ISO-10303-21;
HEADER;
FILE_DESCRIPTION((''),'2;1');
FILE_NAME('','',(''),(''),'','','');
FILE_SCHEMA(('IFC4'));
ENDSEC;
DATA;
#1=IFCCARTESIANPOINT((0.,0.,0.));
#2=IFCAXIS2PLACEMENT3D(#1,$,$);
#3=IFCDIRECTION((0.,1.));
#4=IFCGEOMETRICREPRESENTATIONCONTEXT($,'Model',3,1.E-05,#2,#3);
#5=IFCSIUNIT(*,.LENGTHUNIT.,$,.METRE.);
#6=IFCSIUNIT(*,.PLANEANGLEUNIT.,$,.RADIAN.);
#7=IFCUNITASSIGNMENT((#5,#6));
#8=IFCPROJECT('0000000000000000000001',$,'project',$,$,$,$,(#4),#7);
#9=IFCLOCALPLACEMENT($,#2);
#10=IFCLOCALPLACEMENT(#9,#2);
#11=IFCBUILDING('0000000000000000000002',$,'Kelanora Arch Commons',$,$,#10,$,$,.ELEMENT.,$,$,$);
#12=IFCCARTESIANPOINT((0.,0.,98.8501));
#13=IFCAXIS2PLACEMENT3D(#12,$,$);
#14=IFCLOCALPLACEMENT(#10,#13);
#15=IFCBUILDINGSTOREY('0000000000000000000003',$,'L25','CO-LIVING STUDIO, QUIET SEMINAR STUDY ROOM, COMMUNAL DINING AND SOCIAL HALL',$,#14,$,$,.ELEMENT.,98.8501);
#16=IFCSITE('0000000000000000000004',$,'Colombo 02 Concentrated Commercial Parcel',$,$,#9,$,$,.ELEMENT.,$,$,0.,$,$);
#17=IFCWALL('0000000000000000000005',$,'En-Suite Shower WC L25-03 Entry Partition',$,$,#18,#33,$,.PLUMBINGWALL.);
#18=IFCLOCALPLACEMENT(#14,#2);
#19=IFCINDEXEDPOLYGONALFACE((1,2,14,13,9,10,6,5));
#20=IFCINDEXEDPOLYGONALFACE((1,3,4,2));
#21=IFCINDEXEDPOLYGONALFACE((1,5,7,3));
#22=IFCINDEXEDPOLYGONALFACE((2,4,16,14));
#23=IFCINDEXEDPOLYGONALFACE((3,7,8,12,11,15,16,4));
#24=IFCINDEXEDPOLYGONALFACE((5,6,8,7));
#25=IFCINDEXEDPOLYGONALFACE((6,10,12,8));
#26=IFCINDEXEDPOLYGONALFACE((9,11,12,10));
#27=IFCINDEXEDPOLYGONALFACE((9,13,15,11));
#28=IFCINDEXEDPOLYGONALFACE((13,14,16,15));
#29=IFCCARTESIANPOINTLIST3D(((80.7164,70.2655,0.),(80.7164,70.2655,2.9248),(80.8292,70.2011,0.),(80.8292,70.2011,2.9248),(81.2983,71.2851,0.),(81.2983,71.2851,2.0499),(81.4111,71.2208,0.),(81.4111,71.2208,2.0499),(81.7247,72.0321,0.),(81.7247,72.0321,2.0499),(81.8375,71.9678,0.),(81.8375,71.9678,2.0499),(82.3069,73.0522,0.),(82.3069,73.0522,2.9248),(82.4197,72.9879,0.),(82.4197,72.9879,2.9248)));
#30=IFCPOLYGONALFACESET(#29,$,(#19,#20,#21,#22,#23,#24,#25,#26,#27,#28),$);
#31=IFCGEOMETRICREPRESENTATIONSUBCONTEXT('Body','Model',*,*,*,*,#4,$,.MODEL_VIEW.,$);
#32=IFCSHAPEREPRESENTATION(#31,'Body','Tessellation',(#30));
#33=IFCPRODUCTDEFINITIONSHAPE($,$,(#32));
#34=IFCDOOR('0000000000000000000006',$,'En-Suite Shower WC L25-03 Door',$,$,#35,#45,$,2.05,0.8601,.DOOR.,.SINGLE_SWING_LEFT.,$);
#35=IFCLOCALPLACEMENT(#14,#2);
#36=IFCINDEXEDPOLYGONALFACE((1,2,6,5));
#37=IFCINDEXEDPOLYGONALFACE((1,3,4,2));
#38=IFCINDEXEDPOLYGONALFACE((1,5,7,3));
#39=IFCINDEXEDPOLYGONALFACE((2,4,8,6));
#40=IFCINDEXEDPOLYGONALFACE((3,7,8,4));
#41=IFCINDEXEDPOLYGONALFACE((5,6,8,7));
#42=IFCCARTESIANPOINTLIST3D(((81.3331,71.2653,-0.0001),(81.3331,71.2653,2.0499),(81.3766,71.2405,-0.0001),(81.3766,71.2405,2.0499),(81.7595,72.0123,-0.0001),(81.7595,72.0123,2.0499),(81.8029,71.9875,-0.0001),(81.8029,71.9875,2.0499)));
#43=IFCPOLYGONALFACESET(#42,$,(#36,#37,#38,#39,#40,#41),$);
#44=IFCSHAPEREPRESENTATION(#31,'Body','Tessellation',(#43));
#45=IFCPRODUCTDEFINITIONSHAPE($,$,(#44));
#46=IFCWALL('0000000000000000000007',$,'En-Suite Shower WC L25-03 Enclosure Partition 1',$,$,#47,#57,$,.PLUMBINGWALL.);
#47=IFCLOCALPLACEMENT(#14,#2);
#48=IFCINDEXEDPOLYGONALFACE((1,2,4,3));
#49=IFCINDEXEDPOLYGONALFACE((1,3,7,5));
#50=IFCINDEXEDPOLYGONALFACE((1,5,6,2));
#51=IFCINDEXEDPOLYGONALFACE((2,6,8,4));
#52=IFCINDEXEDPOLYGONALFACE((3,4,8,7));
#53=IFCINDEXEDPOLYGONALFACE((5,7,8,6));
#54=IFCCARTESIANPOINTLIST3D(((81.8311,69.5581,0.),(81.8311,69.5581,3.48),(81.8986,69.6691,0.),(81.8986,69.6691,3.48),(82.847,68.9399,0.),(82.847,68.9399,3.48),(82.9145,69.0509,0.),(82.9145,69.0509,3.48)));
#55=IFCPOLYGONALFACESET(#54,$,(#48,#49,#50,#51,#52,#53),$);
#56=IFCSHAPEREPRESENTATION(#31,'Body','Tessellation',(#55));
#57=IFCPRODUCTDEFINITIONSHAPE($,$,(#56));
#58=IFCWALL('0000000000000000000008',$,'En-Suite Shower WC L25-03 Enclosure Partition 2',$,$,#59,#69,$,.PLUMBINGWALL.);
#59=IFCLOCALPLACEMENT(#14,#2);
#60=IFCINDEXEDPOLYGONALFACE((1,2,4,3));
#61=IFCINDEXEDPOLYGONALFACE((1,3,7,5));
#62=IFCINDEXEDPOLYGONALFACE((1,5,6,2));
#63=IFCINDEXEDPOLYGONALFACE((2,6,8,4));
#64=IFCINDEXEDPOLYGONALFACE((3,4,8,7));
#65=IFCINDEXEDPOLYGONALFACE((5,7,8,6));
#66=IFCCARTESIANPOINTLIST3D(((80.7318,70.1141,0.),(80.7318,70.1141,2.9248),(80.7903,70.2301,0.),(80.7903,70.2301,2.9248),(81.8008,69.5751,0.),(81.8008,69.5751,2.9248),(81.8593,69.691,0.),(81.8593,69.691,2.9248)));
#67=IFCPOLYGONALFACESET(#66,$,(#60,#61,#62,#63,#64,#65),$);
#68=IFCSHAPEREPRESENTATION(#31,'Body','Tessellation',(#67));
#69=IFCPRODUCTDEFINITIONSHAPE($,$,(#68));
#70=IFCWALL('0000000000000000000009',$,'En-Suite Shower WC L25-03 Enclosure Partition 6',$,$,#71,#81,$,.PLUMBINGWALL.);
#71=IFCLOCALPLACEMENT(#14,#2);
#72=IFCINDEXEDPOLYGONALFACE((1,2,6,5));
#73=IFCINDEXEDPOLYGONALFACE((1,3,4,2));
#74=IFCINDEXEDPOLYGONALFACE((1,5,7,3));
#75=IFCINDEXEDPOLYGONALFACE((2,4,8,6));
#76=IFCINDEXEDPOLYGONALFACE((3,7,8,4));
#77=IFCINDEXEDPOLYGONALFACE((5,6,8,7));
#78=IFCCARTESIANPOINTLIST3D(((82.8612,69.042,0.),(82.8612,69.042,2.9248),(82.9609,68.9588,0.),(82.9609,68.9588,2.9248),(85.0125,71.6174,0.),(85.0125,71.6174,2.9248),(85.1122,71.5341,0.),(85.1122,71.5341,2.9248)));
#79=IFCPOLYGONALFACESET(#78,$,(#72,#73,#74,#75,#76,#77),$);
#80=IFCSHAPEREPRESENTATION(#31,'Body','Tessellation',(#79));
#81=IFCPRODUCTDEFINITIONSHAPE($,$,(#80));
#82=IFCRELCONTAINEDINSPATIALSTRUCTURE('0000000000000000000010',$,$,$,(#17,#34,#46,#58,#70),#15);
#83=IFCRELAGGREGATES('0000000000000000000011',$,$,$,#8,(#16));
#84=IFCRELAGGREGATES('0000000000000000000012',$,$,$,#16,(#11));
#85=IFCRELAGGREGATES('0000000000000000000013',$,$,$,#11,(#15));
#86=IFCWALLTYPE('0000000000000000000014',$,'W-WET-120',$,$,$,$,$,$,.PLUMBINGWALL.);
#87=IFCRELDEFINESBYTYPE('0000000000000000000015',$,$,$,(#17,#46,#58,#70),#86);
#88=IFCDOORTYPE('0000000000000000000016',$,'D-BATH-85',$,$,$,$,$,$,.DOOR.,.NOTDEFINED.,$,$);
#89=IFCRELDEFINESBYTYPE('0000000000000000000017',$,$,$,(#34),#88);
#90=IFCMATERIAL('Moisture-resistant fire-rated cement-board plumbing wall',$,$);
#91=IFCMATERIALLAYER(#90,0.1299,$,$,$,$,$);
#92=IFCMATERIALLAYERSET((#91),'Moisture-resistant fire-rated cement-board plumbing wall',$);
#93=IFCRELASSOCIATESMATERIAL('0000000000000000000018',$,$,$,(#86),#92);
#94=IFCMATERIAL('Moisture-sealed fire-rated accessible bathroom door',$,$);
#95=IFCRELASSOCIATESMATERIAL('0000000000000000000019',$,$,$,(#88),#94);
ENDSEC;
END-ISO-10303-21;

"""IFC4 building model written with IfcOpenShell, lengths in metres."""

from ifc_helpers import new_model, si_unit, direction, frame, frame_2d, origin, place, context, subcontext, project, spatial, rectangle, extrude, material, layer, layer_set, type_object, element, fill, save


model = new_model("IFC4")

# Units and contexts
model_context = context("Model", 3, precision=1e-05, world=origin(), true_north=direction((0.0, 1.0)))
body_context = subcontext(model_context, "Body", "Model", "MODEL_VIEW")
ifc_project = project(units=[si_unit("LENGTHUNIT", "METRE"), si_unit("PLANEANGLEUNIT", "RADIAN")], contexts=[model_context])

# Site, building, storey
site_placement = place(None, origin())
site = spatial("IfcSite", under=ifc_project, at=site_placement, Name="Colombo 02 Concentrated Commercial Parcel", CompositionType="ELEMENT", RefElevation=0.0)
building_placement = place(site_placement, origin())
building = spatial("IfcBuilding", under=site, at=building_placement, Name="Kelanora Arch Commons", CompositionType="ELEMENT")
storey_placement = place(building_placement, frame((0.0, 0.0, 98.8501)))
storey = spatial("IfcBuildingStorey", under=building, at=storey_placement, Name="L25", Description="CO-LIVING STUDIO, QUIET SEMINAR STUDY ROOM, COMMUNAL DINING AND SOCIAL HALL", CompositionType="ELEMENT", Elevation=98.8501)

# Wall, opening, door
ifc_material_1 = material(Name="Moisture-resistant fire-rated cement-board plumbing wall")
ifc_layer_1 = layer(ifc_material_1, 0.1299)
ifc_layer_set_1 = layer_set([ifc_layer_1], Name="Moisture-resistant fire-rated cement-board plumbing wall")
wall_type_1 = type_object("IfcWallType", Name="W-WET-120", PredefinedType="PLUMBINGWALL", material=ifc_layer_set_1)
wall_1_placement = place(storey_placement, frame((80.7727, 70.2332, 0.0), z_axis=(0.0, 0.0, 1.0), x_axis=(0.495688, 0.868501, 0.0)))
wall_1 = element("IfcWall", 1, at=wall_1_placement, inside=storey, type_object=wall_type_1, Name="En-Suite Shower WC L25-03 Entry Partition", PredefinedType="PLUMBINGWALL", context=body_context, shape_type="SweptSolid", body=[
    extrude(rectangle(XDim=3.2087, YDim=0.1299, at=frame_2d((1.6045, 0.0))), origin(), (0.0, 0.0, 1.0), 2.9248),
])
opening_1_placement = place(wall_1_placement, frame((1.1741, 0.0, 0.0)))
opening_1 = element("IfcOpeningElement", 2, at=opening_1_placement, cuts=wall_1, PredefinedType="OPENING", context=body_context, shape_type="SweptSolid", body=[
    extrude(rectangle(XDim=0.8601, YDim=2.05, at=frame_2d((0.4302, 1.0249))), frame((0.0, 0.075, 0.0), z_axis=(0.0, -1.0, 0.0), x_axis=(1.0, 0.0, 0.0)), (0.0, 0.0, 1.0), 0.1499),
])
ifc_material_2 = material(Name="Moisture-sealed fire-rated accessible bathroom door")
door_type_1 = type_object("IfcDoorType", Name="D-BATH-85", OperationType="NOTDEFINED", PredefinedType="DOOR", material=ifc_material_2)
door_1_placement = place(opening_1_placement, origin())
door_1 = element("IfcDoor", 3, at=door_1_placement, inside=storey, type_object=door_type_1, Name="En-Suite Shower WC L25-03 Door", OperationType="SINGLE_SWING_LEFT", OverallHeight=2.05, OverallWidth=0.8601, PredefinedType="DOOR", context=body_context, shape_type="SweptSolid", body=[
    extrude(rectangle(XDim=0.8601, YDim=2.05, at=frame_2d((0.4302, 1.0249))), frame((0.0, 0.0249, 0.0), z_axis=(0.0, -1.0, 0.0), x_axis=(1.0, 0.0, 0.0)), (0.0, 0.0, 1.0), 0.05),
])
fill(opening_1, door_1)

# Walls
wall_2_placement = place(storey_placement, frame((82.8809, 68.9954, 0.0), z_axis=(0.0, 0.0, 1.0), x_axis=(-0.85427, 0.51983, 0.0)))
element("IfcWall", 4, at=wall_2_placement, inside=storey, type_object=wall_type_1, Name="En-Suite Shower WC L25-03 Enclosure Partition 1", PredefinedType="PLUMBINGWALL", context=body_context, shape_type="SweptSolid", body=[
    extrude(rectangle(XDim=1.1892, YDim=0.1299, at=frame_2d((0.5947, 0.0))), origin(), (0.0, 0.0, 1.0), 3.48),
])
wall_3_placement = place(storey_placement, frame((81.8301, 69.6331, 0.0), z_axis=(0.0, 0.0, 1.0), x_axis=(-0.892913, 0.450229, 0.0)))
element("IfcWall", 5, at=wall_3_placement, inside=storey, type_object=wall_type_1, Name="En-Suite Shower WC L25-03 Enclosure Partition 2", PredefinedType="PLUMBINGWALL", context=body_context, shape_type="SweptSolid", body=[
    extrude(rectangle(XDim=1.1973, YDim=0.1299, at=frame_2d((0.5986, 0.0))), origin(), (0.0, 0.0, 1.0), 2.9248),
])
wall_4_placement = place(storey_placement, frame((85.0623, 71.5757, 0.0), z_axis=(0.0, 0.0, 1.0), x_axis=(-0.641093, -0.767463, 0.0)))
element("IfcWall", 6, at=wall_4_placement, inside=storey, type_object=wall_type_1, Name="En-Suite Shower WC L25-03 Enclosure Partition 6", PredefinedType="PLUMBINGWALL", context=body_context, shape_type="SweptSolid", body=[
    extrude(rectangle(XDim=3.3557, YDim=0.1299, at=frame_2d((1.6777, 0.0))), origin(), (0.0, 0.0, 1.0), 2.9248),
])

save(model, "model.ifc")
